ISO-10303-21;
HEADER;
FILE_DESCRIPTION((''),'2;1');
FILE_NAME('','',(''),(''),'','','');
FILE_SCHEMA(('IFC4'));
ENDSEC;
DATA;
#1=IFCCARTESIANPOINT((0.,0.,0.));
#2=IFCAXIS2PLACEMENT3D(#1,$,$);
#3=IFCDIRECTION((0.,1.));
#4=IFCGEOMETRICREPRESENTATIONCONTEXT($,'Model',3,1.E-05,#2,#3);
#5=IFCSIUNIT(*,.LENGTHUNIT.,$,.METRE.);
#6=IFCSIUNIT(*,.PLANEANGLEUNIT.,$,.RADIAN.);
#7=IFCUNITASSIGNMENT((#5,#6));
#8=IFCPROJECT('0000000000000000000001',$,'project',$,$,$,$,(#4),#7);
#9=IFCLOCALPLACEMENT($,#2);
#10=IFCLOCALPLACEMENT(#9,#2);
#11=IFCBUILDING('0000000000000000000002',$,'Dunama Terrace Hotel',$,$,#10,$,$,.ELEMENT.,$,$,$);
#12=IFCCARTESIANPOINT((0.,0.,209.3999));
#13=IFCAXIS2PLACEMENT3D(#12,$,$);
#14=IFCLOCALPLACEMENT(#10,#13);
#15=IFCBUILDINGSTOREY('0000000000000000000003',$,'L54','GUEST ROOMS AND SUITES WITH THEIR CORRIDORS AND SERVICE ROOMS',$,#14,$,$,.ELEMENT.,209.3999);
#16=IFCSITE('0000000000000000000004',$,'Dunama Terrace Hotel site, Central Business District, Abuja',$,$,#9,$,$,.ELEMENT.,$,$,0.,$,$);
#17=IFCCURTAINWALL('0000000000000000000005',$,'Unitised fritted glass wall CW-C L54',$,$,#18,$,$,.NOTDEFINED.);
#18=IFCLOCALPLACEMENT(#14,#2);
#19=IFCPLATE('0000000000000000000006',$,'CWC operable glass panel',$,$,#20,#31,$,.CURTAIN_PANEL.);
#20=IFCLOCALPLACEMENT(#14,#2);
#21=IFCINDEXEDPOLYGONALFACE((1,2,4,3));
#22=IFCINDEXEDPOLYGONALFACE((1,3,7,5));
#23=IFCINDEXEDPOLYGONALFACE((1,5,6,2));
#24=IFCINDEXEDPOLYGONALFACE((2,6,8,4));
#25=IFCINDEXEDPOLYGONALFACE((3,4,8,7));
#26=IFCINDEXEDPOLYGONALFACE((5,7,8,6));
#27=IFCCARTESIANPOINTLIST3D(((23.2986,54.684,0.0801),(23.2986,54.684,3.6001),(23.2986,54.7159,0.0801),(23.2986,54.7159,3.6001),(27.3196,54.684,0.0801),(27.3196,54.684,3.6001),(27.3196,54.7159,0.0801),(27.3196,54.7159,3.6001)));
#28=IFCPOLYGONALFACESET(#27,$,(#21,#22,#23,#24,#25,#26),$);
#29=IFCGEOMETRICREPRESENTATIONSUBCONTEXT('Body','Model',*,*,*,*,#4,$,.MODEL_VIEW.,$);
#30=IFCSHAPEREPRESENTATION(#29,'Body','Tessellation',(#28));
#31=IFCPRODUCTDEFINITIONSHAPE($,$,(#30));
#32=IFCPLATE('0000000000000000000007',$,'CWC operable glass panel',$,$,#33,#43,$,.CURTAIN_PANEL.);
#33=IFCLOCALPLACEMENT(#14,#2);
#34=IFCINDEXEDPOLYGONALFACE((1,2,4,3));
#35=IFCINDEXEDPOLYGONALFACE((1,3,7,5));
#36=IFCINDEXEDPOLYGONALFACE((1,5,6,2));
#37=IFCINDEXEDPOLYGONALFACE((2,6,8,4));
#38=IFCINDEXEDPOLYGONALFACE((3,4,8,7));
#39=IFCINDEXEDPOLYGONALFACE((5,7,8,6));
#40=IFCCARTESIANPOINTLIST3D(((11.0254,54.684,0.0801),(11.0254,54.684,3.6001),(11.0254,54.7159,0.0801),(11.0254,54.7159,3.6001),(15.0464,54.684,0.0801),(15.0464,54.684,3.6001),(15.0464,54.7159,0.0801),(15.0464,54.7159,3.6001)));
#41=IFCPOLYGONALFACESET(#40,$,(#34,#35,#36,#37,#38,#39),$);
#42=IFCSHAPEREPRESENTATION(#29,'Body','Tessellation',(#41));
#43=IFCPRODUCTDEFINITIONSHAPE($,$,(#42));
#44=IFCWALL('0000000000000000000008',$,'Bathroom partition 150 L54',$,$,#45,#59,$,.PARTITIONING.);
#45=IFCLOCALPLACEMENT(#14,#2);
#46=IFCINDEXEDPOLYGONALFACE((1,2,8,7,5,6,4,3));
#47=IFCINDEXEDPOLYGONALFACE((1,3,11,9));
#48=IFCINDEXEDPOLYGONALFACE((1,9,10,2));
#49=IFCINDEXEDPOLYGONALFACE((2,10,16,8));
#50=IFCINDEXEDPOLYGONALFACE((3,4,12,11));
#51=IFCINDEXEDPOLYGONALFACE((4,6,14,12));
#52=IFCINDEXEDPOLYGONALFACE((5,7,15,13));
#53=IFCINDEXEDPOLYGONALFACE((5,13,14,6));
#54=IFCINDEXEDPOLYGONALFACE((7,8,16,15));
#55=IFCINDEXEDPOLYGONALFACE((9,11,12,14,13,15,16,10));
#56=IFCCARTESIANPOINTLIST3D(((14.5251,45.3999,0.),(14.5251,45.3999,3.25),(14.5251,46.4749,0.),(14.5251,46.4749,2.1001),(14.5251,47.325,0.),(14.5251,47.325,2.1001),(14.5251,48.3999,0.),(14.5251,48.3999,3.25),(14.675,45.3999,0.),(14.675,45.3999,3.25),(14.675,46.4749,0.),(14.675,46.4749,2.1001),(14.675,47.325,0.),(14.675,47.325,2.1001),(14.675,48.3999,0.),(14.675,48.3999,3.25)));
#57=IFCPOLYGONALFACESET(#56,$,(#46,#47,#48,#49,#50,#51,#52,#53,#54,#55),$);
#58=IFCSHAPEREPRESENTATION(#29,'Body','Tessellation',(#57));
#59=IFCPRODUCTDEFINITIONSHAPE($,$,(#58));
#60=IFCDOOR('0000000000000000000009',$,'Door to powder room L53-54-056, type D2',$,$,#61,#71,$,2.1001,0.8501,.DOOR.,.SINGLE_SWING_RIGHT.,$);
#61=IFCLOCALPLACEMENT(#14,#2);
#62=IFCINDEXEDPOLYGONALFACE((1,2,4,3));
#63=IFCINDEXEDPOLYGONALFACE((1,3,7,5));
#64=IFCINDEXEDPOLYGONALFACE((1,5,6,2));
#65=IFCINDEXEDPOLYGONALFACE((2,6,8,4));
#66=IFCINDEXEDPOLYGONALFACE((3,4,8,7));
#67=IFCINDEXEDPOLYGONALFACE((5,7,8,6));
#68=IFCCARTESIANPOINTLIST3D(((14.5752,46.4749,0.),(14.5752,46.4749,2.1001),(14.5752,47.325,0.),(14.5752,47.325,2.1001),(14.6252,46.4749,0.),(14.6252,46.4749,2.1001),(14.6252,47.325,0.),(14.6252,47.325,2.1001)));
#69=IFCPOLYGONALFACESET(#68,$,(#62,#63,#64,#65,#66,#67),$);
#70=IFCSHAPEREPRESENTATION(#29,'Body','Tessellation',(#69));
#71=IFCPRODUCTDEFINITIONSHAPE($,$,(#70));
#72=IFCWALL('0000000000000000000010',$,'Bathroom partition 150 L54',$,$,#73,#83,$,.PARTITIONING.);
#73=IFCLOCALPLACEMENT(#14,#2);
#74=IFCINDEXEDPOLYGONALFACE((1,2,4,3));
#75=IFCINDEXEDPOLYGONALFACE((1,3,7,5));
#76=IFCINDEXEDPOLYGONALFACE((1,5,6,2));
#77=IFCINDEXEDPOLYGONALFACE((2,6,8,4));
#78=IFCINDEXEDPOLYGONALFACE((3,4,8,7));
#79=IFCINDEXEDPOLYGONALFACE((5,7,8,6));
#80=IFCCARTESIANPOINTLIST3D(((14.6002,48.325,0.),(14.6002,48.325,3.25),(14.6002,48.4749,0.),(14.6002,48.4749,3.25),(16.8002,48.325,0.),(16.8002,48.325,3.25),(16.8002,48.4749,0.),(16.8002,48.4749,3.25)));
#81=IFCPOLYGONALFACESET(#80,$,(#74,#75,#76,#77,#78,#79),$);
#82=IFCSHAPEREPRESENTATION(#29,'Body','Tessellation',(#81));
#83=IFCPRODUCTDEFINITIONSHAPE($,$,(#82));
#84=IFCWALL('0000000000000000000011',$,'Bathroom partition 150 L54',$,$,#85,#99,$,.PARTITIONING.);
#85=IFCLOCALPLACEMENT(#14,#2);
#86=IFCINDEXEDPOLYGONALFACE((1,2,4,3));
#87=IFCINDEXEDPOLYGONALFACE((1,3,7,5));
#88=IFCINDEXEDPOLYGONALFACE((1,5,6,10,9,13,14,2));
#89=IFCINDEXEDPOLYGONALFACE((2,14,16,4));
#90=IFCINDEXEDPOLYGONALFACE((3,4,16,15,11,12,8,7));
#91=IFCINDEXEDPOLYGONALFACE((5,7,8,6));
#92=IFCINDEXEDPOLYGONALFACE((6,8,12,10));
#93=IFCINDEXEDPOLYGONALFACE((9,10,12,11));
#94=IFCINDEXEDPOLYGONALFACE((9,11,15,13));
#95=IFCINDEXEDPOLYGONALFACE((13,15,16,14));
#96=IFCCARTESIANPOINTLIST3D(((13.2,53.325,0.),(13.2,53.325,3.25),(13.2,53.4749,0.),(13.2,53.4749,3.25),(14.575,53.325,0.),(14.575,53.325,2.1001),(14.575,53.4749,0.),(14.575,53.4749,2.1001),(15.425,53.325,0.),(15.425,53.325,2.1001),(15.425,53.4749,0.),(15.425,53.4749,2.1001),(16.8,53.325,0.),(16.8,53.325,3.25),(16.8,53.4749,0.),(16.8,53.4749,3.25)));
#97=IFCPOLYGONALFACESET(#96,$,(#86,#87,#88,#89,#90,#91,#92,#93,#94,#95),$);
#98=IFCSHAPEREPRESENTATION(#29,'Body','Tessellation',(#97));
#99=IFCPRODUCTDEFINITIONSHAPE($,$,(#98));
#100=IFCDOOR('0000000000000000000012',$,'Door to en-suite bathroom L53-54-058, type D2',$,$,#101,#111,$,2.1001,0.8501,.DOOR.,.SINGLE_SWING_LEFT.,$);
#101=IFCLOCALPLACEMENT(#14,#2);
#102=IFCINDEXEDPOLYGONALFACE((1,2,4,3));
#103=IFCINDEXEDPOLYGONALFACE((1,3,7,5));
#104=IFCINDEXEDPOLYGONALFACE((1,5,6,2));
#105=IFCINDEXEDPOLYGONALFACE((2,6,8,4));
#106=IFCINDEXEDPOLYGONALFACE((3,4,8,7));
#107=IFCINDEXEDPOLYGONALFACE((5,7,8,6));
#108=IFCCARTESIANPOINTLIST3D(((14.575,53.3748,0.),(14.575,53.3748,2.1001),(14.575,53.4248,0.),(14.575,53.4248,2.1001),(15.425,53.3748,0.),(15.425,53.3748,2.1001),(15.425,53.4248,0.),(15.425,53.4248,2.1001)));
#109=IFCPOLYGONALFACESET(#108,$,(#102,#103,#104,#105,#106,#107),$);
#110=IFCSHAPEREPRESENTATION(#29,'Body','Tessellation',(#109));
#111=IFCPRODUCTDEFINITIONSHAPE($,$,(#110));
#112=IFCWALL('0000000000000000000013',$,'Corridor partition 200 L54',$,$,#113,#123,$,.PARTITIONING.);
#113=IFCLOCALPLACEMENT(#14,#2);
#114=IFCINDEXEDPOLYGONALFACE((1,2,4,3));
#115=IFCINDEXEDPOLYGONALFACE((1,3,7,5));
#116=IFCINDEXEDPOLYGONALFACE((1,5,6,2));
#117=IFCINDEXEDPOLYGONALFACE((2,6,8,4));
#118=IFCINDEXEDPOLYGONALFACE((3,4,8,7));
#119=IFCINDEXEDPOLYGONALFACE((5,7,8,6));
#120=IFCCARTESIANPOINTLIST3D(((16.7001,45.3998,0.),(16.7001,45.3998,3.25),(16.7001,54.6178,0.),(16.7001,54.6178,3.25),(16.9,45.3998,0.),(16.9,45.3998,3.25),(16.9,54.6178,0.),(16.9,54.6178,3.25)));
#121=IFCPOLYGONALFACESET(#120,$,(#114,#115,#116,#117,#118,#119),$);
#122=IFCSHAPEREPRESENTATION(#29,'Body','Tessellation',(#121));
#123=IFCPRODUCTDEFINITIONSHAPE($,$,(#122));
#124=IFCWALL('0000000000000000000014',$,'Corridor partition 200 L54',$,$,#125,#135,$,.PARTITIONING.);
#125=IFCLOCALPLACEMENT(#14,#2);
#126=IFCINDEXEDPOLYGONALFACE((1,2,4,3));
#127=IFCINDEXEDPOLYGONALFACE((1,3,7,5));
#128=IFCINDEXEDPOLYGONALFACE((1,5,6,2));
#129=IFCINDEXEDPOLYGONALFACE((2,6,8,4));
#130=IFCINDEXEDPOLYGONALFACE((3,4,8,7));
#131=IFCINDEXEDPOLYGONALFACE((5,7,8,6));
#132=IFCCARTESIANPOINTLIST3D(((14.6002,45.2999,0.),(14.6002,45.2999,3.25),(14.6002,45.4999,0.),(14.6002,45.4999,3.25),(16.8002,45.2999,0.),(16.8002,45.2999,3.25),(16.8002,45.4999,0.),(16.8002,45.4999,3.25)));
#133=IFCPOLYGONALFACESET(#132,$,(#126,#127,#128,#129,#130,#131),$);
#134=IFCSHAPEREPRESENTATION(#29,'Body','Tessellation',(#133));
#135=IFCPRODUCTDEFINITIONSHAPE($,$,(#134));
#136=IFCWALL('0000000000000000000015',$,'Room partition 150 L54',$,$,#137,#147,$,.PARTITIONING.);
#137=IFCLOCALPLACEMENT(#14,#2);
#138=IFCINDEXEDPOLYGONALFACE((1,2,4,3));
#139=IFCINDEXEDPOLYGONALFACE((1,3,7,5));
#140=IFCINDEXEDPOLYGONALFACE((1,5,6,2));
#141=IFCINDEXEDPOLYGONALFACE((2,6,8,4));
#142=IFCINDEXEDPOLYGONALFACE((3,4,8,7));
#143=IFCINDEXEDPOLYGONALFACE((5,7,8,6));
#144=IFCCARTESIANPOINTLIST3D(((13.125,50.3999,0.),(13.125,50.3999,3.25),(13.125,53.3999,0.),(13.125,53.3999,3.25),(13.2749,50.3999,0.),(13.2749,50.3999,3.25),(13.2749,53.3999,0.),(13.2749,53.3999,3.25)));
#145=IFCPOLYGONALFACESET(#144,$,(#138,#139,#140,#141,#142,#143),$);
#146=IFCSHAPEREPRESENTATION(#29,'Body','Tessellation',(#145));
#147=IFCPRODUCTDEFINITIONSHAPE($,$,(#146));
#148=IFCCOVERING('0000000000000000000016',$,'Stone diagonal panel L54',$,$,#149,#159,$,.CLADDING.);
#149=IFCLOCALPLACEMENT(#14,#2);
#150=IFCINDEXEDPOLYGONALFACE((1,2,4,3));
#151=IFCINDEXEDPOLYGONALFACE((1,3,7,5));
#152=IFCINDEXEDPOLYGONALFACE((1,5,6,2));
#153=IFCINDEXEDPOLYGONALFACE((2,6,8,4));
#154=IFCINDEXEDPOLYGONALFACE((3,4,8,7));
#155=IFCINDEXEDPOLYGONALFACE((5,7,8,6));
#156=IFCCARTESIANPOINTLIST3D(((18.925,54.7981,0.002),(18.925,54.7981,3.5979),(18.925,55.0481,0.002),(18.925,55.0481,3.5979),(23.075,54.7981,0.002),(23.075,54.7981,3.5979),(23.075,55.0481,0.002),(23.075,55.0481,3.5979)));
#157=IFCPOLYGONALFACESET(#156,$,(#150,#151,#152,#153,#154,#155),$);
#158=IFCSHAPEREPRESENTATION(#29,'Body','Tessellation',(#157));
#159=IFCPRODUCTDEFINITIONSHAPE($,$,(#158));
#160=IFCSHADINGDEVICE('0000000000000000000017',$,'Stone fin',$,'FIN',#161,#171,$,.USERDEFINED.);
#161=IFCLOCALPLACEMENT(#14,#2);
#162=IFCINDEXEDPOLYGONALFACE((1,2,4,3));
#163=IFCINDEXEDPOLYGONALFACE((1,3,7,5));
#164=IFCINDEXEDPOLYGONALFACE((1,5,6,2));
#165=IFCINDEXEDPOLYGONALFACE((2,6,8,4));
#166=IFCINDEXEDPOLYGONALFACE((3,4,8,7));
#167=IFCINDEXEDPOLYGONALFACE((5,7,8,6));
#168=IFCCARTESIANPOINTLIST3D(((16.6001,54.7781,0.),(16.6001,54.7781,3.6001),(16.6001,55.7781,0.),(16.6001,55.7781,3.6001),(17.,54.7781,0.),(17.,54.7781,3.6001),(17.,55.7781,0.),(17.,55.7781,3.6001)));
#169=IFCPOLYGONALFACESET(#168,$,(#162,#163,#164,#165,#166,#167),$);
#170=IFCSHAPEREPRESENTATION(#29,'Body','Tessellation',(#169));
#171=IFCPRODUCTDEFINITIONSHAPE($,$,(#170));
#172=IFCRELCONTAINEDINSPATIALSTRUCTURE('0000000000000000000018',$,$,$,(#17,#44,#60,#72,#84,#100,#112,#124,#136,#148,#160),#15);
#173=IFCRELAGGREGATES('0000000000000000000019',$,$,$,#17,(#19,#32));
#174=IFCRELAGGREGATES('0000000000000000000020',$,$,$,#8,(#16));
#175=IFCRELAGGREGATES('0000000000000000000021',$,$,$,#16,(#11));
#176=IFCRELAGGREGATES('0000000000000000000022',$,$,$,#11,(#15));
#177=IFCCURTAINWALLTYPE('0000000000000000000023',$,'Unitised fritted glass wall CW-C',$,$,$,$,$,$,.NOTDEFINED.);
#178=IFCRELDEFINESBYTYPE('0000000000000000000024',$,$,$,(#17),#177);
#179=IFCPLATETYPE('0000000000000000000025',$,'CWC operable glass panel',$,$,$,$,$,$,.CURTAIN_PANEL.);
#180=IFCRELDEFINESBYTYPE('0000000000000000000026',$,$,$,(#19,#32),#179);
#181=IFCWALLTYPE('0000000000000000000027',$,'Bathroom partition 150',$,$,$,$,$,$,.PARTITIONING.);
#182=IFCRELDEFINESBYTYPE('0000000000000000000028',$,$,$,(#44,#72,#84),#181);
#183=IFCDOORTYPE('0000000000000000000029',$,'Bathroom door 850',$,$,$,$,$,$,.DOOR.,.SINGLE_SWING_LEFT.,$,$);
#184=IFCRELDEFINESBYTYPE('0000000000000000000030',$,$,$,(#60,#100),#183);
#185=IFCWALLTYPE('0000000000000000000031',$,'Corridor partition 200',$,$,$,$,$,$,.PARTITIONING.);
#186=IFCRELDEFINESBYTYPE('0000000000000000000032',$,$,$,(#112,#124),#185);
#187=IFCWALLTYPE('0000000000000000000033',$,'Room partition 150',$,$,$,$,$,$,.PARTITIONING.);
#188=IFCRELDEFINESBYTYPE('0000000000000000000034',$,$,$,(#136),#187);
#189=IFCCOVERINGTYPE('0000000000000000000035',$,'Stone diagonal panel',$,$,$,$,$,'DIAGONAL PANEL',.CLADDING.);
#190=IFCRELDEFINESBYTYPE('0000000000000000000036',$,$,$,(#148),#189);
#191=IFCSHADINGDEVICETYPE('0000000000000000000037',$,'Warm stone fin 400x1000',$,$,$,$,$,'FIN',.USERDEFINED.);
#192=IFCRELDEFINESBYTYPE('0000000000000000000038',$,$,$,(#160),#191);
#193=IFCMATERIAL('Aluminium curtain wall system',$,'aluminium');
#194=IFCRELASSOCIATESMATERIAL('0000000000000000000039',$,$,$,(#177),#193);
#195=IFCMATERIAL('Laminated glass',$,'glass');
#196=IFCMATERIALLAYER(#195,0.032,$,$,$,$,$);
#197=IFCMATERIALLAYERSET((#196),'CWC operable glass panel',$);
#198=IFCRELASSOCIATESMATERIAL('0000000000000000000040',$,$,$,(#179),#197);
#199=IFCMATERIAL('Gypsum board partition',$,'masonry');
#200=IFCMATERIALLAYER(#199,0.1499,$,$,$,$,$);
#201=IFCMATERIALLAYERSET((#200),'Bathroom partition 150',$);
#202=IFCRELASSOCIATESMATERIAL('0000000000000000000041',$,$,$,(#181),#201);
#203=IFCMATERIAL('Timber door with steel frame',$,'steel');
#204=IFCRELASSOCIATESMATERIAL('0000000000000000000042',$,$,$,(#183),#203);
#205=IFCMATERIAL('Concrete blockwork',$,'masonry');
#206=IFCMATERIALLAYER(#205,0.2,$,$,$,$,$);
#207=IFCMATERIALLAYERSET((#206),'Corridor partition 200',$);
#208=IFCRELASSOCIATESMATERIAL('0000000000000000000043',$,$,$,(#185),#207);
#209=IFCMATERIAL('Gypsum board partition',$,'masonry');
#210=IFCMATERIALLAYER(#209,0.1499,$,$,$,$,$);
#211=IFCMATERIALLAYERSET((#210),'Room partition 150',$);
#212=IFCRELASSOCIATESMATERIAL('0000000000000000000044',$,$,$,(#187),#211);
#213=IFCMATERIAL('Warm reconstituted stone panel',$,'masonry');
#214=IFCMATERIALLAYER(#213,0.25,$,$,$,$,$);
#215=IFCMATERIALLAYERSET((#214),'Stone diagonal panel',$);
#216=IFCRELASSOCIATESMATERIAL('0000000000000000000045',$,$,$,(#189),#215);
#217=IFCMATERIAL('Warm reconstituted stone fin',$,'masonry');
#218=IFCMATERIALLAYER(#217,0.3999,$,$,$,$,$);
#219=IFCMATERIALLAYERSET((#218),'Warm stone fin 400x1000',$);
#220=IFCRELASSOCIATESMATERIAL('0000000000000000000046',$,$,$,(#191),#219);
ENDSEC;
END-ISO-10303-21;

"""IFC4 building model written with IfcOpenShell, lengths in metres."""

from ifc_helpers import new_model, si_unit, direction, frame, frame_2d, origin, origin_2d, place, context, subcontext, project, spatial, rectangle, extrude, material, layer, layer_set, type_object, element, fill, aggregate, save


model = new_model("IFC4")

# Units and contexts
model_context = context("Model", 3, precision=1e-05, world=origin(), true_north=direction((0.0, 1.0)))
body_context = subcontext(model_context, "Body", "Model", "MODEL_VIEW")
ifc_project = project(units=[si_unit("LENGTHUNIT", "METRE"), si_unit("PLANEANGLEUNIT", "RADIAN")], contexts=[model_context])

# Site, building, storey
site_placement = place(None, origin())
site = spatial("IfcSite", under=ifc_project, at=site_placement, Name="Dunama Terrace Hotel site, Central Business District, Abuja", CompositionType="ELEMENT", RefElevation=0.0)
building_placement = place(site_placement, origin())
building = spatial("IfcBuilding", under=site, at=building_placement, Name="Dunama Terrace Hotel", CompositionType="ELEMENT")
storey_placement = place(building_placement, frame((0.0, 0.0, 209.3999)))
storey = spatial("IfcBuildingStorey", under=building, at=storey_placement, Name="L54", Description="GUEST ROOMS AND SUITES WITH THEIR CORRIDORS AND SERVICE ROOMS", CompositionType="ELEMENT", Elevation=209.3999)

# Curtain wall
ifc_material_1 = material(Name="Aluminium curtain wall system", Category="aluminium")
curtain_wall_type = type_object("IfcCurtainWallType", Name="Unitised fritted glass wall CW-C", PredefinedType="NOTDEFINED", material=ifc_material_1)
curtain_wall_placement = place(storey_placement, origin())
curtain_wall = element("IfcCurtainWall", 1, at=curtain_wall_placement, inside=storey, type_object=curtain_wall_type, Name="Unitised fritted glass wall CW-C L54", PredefinedType="NOTDEFINED")

# Plates
ifc_material_2 = material(Name="Laminated glass", Category="glass")
ifc_layer_1 = layer(ifc_material_2, 0.032)
ifc_layer_set_1 = layer_set([ifc_layer_1], Name="CWC operable glass panel")
plate_type_1 = type_object("IfcPlateType", Name="CWC operable glass panel", PredefinedType="CURTAIN_PANEL", material=ifc_layer_set_1)
plate_1_placement = place(storey_placement, frame((25.3091, 54.7, 0.0801), z_axis=(0.0, 0.0, 1.0), x_axis=(-1.0, 0.0, 0.0)))
plate_1 = element("IfcPlate", 2, at=plate_1_placement, type_object=plate_type_1, Name="CWC operable glass panel", PredefinedType="CURTAIN_PANEL", context=body_context, shape_type="SweptSolid", body=[
    extrude(rectangle(XDim=4.021, YDim=0.032, at=origin_2d()), origin(), (0.0, 0.0, 1.0), 3.52),
])
plate_2_placement = place(storey_placement, frame((13.0359, 54.7, 0.0801), z_axis=(0.0, 0.0, 1.0), x_axis=(-1.0, 0.0, 0.0)))
plate_2 = element("IfcPlate", 3, at=plate_2_placement, type_object=plate_type_1, Name="CWC operable glass panel", PredefinedType="CURTAIN_PANEL", context=body_context, shape_type="SweptSolid", body=[
    extrude(rectangle(XDim=4.021, YDim=0.032, at=origin_2d()), origin(), (0.0, 0.0, 1.0), 3.52),
])
aggregate(curtain_wall, [plate_1, plate_2])

# Wall, opening, door
ifc_material_3 = material(Name="Gypsum board partition", Category="masonry")
ifc_layer_2 = layer(ifc_material_3, 0.1499)
ifc_layer_set_2 = layer_set([ifc_layer_2], Name="Bathroom partition 150")
wall_type_1 = type_object("IfcWallType", Name="Bathroom partition 150", PredefinedType="PARTITIONING", material=ifc_layer_set_2)
wall_1_placement = place(storey_placement, frame((14.6001, 45.3999, 0.0), z_axis=(0.0, 0.0, 1.0), x_axis=(0.0, 1.0, 0.0)))
wall_1 = element("IfcWall", 4, at=wall_1_placement, inside=storey, type_object=wall_type_1, Name="Bathroom partition 150 L54", PredefinedType="PARTITIONING", context=body_context, shape_type="SweptSolid", body=[
    extrude(rectangle(XDim=3.0, YDim=0.1499, at=frame_2d((1.5, 0.0))), origin(), (0.0, 0.0, 1.0), 3.25),
])
opening_1_placement = place(wall_1_placement, frame((1.075, 0.0, 0.0)))
opening_1 = element("IfcOpeningElement", 5, at=opening_1_placement, cuts=wall_1, PredefinedType="OPENING", context=body_context, shape_type="SweptSolid", body=[
    extrude(rectangle(XDim=0.8501, YDim=2.1001, at=frame_2d((0.425, 1.05))), frame((0.0, 0.085, 0.0), z_axis=(0.0, -1.0, 0.0), x_axis=(1.0, 0.0, 0.0)), (0.0, 0.0, 1.0), 0.1699),
])
ifc_material_4 = material(Name="Timber door with steel frame", Category="steel")
door_type = type_object("IfcDoorType", Name="Bathroom door 850", OperationType="SINGLE_SWING_LEFT", PredefinedType="DOOR", material=ifc_material_4)
door_1_placement = place(opening_1_placement, frame((0.8501, 0.0, 0.0), z_axis=(0.0, 0.0, 1.0), x_axis=(-1.0, 0.0, 0.0)))
door_1 = element("IfcDoor", 6, at=door_1_placement, inside=storey, type_object=door_type, Name="Door to powder room L53-54-056, type D2", OperationType="SINGLE_SWING_RIGHT", OverallHeight=2.1001, OverallWidth=0.8501, PredefinedType="DOOR", context=body_context, shape_type="SweptSolid", body=[
    extrude(rectangle(XDim=0.8501, YDim=2.1001, at=frame_2d((0.425, 1.05))), frame((0.0, 0.0251, 0.0), z_axis=(0.0, -1.0, 0.0), x_axis=(1.0, 0.0, 0.0)), (0.0, 0.0, 1.0), 0.05),
])
fill(opening_1, door_1)

# Wall
wall_2_placement = place(storey_placement, frame((14.6001, 48.3999, 0.0), z_axis=(0.0, 0.0, 1.0), x_axis=(1.0, 0.0, 0.0)))
element("IfcWall", 7, at=wall_2_placement, inside=storey, type_object=wall_type_1, Name="Bathroom partition 150 L54", PredefinedType="PARTITIONING", context=body_context, shape_type="SweptSolid", body=[
    extrude(rectangle(XDim=2.2, YDim=0.1499, at=frame_2d((1.1001, 0.0))), origin(), (0.0, 0.0, 1.0), 3.25),
])

# Wall, opening, door
wall_3_placement = place(storey_placement, frame((13.2, 53.3999, 0.0), z_axis=(0.0, 0.0, 1.0), x_axis=(1.0, 0.0, 0.0)))
wall_3 = element("IfcWall", 8, at=wall_3_placement, inside=storey, type_object=wall_type_1, Name="Bathroom partition 150 L54", PredefinedType="PARTITIONING", context=body_context, shape_type="SweptSolid", body=[
    extrude(rectangle(XDim=3.6001, YDim=0.1499, at=frame_2d((1.8, 0.0))), origin(), (0.0, 0.0, 1.0), 3.25),
])
opening_2_placement = place(wall_3_placement, frame((1.375, 0.0, 0.0)))
opening_2 = element("IfcOpeningElement", 9, at=opening_2_placement, cuts=wall_3, PredefinedType="OPENING", context=body_context, shape_type="SweptSolid", body=[
    extrude(rectangle(XDim=0.8501, YDim=2.1001, at=frame_2d((0.425, 1.05))), frame((0.0, 0.085, 0.0), z_axis=(0.0, -1.0, 0.0), x_axis=(1.0, 0.0, 0.0)), (0.0, 0.0, 1.0), 0.1699),
])
door_2_placement = place(opening_2_placement, frame((0.8501, 0.0, 0.0), z_axis=(0.0, 0.0, 1.0), x_axis=(-1.0, 0.0, 0.0)))
door_2 = element("IfcDoor", 10, at=door_2_placement, inside=storey, type_object=door_type, Name="Door to en-suite bathroom L53-54-058, type D2", OperationType="SINGLE_SWING_LEFT", OverallHeight=2.1001, OverallWidth=0.8501, PredefinedType="DOOR", context=body_context, shape_type="SweptSolid", body=[
    extrude(rectangle(XDim=0.8501, YDim=2.1001, at=frame_2d((0.425, 1.05))), frame((0.0, 0.0251, 0.0), z_axis=(0.0, -1.0, 0.0), x_axis=(1.0, 0.0, 0.0)), (0.0, 0.0, 1.0), 0.05),
])
fill(opening_2, door_2)

# Walls
ifc_material_5 = material(Name="Concrete blockwork", Category="masonry")
ifc_layer_3 = layer(ifc_material_5, 0.2)
ifc_layer_set_3 = layer_set([ifc_layer_3], Name="Corridor partition 200")
wall_type_2 = type_object("IfcWallType", Name="Corridor partition 200", PredefinedType="PARTITIONING", material=ifc_layer_set_3)
wall_4_placement = place(storey_placement, frame((16.8, 45.3999, 0.0), z_axis=(0.0, 0.0, 1.0), x_axis=(0.0, 1.0, 0.0)))
element("IfcWall", 11, at=wall_4_placement, inside=storey, type_object=wall_type_2, Name="Corridor partition 200 L54", PredefinedType="PARTITIONING", context=body_context, shape_type="SweptSolid", body=[
    extrude(rectangle(XDim=9.218, YDim=0.2, at=frame_2d((4.6089, 0.0))), origin(), (0.0, 0.0, 1.0), 3.25),
])
wall_5_placement = place(storey_placement, frame((14.6001, 45.3999, 0.0), z_axis=(0.0, 0.0, 1.0), x_axis=(1.0, 0.0, 0.0)))
element("IfcWall", 12, at=wall_5_placement, inside=storey, type_object=wall_type_2, Name="Corridor partition 200 L54", PredefinedType="PARTITIONING", context=body_context, shape_type="SweptSolid", body=[
    extrude(rectangle(XDim=2.2, YDim=0.2, at=frame_2d((1.1001, 0.0))), origin(), (0.0, 0.0, 1.0), 3.25),
])
ifc_material_6 = material(Name="Gypsum board partition", Category="masonry")
ifc_layer_4 = layer(ifc_material_6, 0.1499)
ifc_layer_set_4 = layer_set([ifc_layer_4], Name="Room partition 150")
wall_type_3 = type_object("IfcWallType", Name="Room partition 150", PredefinedType="PARTITIONING", material=ifc_layer_set_4)
wall_6_placement = place(storey_placement, frame((13.2, 50.3999, 0.0), z_axis=(0.0, 0.0, 1.0), x_axis=(0.0, 1.0, 0.0)))
element("IfcWall", 13, at=wall_6_placement, inside=storey, type_object=wall_type_3, Name="Room partition 150 L54", PredefinedType="PARTITIONING", context=body_context, shape_type="SweptSolid", body=[
    extrude(rectangle(XDim=3.0, YDim=0.1499, at=frame_2d((1.5, 0.0))), origin(), (0.0, 0.0, 1.0), 3.25),
])

# Covering
ifc_material_7 = material(Name="Warm reconstituted stone panel", Category="masonry")
ifc_layer_5 = layer(ifc_material_7, 0.25)
ifc_layer_set_5 = layer_set([ifc_layer_5], Name="Stone diagonal panel")
covering_type = type_object("IfcCoveringType", Name="Stone diagonal panel", ElementType="DIAGONAL PANEL", PredefinedType="CLADDING", material=ifc_layer_set_5)
covering_placement = place(storey_placement, frame((21.0, 54.9231, 0.002), z_axis=(0.0, 0.0, 1.0), x_axis=(-1.0, 0.0, 0.0)))
element("IfcCovering", 14, at=covering_placement, inside=storey, type_object=covering_type, Name="Stone diagonal panel L54", PredefinedType="CLADDING", context=body_context, shape_type="SweptSolid", body=[
    extrude(rectangle(XDim=4.1499, YDim=0.25, at=origin_2d()), origin(), (0.0, 0.0, 1.0), 3.5959),
])

# Shading device
ifc_material_8 = material(Name="Warm reconstituted stone fin", Category="masonry")
ifc_layer_6 = layer(ifc_material_8, 0.3999)
ifc_layer_set_6 = layer_set([ifc_layer_6], Name="Warm stone fin 400x1000")
shading_device_type = type_object("IfcShadingDeviceType", Name="Warm stone fin 400x1000", ElementType="FIN", PredefinedType="USERDEFINED", material=ifc_layer_set_6)
shading_device_placement = place(storey_placement, frame((16.8, 55.2781, 0.0), z_axis=(0.0, 0.0, 1.0), x_axis=(-1.0, 0.0, 0.0)))
element("IfcShadingDevice", 15, at=shading_device_placement, inside=storey, type_object=shading_device_type, Name="Stone fin", ObjectType="FIN", PredefinedType="USERDEFINED", context=body_context, shape_type="SweptSolid", body=[
    extrude(rectangle(XDim=0.3999, YDim=1.0, at=origin_2d()), origin(), (0.0, 0.0, 1.0), 3.6001),
])

save(model, "model.ifc")
